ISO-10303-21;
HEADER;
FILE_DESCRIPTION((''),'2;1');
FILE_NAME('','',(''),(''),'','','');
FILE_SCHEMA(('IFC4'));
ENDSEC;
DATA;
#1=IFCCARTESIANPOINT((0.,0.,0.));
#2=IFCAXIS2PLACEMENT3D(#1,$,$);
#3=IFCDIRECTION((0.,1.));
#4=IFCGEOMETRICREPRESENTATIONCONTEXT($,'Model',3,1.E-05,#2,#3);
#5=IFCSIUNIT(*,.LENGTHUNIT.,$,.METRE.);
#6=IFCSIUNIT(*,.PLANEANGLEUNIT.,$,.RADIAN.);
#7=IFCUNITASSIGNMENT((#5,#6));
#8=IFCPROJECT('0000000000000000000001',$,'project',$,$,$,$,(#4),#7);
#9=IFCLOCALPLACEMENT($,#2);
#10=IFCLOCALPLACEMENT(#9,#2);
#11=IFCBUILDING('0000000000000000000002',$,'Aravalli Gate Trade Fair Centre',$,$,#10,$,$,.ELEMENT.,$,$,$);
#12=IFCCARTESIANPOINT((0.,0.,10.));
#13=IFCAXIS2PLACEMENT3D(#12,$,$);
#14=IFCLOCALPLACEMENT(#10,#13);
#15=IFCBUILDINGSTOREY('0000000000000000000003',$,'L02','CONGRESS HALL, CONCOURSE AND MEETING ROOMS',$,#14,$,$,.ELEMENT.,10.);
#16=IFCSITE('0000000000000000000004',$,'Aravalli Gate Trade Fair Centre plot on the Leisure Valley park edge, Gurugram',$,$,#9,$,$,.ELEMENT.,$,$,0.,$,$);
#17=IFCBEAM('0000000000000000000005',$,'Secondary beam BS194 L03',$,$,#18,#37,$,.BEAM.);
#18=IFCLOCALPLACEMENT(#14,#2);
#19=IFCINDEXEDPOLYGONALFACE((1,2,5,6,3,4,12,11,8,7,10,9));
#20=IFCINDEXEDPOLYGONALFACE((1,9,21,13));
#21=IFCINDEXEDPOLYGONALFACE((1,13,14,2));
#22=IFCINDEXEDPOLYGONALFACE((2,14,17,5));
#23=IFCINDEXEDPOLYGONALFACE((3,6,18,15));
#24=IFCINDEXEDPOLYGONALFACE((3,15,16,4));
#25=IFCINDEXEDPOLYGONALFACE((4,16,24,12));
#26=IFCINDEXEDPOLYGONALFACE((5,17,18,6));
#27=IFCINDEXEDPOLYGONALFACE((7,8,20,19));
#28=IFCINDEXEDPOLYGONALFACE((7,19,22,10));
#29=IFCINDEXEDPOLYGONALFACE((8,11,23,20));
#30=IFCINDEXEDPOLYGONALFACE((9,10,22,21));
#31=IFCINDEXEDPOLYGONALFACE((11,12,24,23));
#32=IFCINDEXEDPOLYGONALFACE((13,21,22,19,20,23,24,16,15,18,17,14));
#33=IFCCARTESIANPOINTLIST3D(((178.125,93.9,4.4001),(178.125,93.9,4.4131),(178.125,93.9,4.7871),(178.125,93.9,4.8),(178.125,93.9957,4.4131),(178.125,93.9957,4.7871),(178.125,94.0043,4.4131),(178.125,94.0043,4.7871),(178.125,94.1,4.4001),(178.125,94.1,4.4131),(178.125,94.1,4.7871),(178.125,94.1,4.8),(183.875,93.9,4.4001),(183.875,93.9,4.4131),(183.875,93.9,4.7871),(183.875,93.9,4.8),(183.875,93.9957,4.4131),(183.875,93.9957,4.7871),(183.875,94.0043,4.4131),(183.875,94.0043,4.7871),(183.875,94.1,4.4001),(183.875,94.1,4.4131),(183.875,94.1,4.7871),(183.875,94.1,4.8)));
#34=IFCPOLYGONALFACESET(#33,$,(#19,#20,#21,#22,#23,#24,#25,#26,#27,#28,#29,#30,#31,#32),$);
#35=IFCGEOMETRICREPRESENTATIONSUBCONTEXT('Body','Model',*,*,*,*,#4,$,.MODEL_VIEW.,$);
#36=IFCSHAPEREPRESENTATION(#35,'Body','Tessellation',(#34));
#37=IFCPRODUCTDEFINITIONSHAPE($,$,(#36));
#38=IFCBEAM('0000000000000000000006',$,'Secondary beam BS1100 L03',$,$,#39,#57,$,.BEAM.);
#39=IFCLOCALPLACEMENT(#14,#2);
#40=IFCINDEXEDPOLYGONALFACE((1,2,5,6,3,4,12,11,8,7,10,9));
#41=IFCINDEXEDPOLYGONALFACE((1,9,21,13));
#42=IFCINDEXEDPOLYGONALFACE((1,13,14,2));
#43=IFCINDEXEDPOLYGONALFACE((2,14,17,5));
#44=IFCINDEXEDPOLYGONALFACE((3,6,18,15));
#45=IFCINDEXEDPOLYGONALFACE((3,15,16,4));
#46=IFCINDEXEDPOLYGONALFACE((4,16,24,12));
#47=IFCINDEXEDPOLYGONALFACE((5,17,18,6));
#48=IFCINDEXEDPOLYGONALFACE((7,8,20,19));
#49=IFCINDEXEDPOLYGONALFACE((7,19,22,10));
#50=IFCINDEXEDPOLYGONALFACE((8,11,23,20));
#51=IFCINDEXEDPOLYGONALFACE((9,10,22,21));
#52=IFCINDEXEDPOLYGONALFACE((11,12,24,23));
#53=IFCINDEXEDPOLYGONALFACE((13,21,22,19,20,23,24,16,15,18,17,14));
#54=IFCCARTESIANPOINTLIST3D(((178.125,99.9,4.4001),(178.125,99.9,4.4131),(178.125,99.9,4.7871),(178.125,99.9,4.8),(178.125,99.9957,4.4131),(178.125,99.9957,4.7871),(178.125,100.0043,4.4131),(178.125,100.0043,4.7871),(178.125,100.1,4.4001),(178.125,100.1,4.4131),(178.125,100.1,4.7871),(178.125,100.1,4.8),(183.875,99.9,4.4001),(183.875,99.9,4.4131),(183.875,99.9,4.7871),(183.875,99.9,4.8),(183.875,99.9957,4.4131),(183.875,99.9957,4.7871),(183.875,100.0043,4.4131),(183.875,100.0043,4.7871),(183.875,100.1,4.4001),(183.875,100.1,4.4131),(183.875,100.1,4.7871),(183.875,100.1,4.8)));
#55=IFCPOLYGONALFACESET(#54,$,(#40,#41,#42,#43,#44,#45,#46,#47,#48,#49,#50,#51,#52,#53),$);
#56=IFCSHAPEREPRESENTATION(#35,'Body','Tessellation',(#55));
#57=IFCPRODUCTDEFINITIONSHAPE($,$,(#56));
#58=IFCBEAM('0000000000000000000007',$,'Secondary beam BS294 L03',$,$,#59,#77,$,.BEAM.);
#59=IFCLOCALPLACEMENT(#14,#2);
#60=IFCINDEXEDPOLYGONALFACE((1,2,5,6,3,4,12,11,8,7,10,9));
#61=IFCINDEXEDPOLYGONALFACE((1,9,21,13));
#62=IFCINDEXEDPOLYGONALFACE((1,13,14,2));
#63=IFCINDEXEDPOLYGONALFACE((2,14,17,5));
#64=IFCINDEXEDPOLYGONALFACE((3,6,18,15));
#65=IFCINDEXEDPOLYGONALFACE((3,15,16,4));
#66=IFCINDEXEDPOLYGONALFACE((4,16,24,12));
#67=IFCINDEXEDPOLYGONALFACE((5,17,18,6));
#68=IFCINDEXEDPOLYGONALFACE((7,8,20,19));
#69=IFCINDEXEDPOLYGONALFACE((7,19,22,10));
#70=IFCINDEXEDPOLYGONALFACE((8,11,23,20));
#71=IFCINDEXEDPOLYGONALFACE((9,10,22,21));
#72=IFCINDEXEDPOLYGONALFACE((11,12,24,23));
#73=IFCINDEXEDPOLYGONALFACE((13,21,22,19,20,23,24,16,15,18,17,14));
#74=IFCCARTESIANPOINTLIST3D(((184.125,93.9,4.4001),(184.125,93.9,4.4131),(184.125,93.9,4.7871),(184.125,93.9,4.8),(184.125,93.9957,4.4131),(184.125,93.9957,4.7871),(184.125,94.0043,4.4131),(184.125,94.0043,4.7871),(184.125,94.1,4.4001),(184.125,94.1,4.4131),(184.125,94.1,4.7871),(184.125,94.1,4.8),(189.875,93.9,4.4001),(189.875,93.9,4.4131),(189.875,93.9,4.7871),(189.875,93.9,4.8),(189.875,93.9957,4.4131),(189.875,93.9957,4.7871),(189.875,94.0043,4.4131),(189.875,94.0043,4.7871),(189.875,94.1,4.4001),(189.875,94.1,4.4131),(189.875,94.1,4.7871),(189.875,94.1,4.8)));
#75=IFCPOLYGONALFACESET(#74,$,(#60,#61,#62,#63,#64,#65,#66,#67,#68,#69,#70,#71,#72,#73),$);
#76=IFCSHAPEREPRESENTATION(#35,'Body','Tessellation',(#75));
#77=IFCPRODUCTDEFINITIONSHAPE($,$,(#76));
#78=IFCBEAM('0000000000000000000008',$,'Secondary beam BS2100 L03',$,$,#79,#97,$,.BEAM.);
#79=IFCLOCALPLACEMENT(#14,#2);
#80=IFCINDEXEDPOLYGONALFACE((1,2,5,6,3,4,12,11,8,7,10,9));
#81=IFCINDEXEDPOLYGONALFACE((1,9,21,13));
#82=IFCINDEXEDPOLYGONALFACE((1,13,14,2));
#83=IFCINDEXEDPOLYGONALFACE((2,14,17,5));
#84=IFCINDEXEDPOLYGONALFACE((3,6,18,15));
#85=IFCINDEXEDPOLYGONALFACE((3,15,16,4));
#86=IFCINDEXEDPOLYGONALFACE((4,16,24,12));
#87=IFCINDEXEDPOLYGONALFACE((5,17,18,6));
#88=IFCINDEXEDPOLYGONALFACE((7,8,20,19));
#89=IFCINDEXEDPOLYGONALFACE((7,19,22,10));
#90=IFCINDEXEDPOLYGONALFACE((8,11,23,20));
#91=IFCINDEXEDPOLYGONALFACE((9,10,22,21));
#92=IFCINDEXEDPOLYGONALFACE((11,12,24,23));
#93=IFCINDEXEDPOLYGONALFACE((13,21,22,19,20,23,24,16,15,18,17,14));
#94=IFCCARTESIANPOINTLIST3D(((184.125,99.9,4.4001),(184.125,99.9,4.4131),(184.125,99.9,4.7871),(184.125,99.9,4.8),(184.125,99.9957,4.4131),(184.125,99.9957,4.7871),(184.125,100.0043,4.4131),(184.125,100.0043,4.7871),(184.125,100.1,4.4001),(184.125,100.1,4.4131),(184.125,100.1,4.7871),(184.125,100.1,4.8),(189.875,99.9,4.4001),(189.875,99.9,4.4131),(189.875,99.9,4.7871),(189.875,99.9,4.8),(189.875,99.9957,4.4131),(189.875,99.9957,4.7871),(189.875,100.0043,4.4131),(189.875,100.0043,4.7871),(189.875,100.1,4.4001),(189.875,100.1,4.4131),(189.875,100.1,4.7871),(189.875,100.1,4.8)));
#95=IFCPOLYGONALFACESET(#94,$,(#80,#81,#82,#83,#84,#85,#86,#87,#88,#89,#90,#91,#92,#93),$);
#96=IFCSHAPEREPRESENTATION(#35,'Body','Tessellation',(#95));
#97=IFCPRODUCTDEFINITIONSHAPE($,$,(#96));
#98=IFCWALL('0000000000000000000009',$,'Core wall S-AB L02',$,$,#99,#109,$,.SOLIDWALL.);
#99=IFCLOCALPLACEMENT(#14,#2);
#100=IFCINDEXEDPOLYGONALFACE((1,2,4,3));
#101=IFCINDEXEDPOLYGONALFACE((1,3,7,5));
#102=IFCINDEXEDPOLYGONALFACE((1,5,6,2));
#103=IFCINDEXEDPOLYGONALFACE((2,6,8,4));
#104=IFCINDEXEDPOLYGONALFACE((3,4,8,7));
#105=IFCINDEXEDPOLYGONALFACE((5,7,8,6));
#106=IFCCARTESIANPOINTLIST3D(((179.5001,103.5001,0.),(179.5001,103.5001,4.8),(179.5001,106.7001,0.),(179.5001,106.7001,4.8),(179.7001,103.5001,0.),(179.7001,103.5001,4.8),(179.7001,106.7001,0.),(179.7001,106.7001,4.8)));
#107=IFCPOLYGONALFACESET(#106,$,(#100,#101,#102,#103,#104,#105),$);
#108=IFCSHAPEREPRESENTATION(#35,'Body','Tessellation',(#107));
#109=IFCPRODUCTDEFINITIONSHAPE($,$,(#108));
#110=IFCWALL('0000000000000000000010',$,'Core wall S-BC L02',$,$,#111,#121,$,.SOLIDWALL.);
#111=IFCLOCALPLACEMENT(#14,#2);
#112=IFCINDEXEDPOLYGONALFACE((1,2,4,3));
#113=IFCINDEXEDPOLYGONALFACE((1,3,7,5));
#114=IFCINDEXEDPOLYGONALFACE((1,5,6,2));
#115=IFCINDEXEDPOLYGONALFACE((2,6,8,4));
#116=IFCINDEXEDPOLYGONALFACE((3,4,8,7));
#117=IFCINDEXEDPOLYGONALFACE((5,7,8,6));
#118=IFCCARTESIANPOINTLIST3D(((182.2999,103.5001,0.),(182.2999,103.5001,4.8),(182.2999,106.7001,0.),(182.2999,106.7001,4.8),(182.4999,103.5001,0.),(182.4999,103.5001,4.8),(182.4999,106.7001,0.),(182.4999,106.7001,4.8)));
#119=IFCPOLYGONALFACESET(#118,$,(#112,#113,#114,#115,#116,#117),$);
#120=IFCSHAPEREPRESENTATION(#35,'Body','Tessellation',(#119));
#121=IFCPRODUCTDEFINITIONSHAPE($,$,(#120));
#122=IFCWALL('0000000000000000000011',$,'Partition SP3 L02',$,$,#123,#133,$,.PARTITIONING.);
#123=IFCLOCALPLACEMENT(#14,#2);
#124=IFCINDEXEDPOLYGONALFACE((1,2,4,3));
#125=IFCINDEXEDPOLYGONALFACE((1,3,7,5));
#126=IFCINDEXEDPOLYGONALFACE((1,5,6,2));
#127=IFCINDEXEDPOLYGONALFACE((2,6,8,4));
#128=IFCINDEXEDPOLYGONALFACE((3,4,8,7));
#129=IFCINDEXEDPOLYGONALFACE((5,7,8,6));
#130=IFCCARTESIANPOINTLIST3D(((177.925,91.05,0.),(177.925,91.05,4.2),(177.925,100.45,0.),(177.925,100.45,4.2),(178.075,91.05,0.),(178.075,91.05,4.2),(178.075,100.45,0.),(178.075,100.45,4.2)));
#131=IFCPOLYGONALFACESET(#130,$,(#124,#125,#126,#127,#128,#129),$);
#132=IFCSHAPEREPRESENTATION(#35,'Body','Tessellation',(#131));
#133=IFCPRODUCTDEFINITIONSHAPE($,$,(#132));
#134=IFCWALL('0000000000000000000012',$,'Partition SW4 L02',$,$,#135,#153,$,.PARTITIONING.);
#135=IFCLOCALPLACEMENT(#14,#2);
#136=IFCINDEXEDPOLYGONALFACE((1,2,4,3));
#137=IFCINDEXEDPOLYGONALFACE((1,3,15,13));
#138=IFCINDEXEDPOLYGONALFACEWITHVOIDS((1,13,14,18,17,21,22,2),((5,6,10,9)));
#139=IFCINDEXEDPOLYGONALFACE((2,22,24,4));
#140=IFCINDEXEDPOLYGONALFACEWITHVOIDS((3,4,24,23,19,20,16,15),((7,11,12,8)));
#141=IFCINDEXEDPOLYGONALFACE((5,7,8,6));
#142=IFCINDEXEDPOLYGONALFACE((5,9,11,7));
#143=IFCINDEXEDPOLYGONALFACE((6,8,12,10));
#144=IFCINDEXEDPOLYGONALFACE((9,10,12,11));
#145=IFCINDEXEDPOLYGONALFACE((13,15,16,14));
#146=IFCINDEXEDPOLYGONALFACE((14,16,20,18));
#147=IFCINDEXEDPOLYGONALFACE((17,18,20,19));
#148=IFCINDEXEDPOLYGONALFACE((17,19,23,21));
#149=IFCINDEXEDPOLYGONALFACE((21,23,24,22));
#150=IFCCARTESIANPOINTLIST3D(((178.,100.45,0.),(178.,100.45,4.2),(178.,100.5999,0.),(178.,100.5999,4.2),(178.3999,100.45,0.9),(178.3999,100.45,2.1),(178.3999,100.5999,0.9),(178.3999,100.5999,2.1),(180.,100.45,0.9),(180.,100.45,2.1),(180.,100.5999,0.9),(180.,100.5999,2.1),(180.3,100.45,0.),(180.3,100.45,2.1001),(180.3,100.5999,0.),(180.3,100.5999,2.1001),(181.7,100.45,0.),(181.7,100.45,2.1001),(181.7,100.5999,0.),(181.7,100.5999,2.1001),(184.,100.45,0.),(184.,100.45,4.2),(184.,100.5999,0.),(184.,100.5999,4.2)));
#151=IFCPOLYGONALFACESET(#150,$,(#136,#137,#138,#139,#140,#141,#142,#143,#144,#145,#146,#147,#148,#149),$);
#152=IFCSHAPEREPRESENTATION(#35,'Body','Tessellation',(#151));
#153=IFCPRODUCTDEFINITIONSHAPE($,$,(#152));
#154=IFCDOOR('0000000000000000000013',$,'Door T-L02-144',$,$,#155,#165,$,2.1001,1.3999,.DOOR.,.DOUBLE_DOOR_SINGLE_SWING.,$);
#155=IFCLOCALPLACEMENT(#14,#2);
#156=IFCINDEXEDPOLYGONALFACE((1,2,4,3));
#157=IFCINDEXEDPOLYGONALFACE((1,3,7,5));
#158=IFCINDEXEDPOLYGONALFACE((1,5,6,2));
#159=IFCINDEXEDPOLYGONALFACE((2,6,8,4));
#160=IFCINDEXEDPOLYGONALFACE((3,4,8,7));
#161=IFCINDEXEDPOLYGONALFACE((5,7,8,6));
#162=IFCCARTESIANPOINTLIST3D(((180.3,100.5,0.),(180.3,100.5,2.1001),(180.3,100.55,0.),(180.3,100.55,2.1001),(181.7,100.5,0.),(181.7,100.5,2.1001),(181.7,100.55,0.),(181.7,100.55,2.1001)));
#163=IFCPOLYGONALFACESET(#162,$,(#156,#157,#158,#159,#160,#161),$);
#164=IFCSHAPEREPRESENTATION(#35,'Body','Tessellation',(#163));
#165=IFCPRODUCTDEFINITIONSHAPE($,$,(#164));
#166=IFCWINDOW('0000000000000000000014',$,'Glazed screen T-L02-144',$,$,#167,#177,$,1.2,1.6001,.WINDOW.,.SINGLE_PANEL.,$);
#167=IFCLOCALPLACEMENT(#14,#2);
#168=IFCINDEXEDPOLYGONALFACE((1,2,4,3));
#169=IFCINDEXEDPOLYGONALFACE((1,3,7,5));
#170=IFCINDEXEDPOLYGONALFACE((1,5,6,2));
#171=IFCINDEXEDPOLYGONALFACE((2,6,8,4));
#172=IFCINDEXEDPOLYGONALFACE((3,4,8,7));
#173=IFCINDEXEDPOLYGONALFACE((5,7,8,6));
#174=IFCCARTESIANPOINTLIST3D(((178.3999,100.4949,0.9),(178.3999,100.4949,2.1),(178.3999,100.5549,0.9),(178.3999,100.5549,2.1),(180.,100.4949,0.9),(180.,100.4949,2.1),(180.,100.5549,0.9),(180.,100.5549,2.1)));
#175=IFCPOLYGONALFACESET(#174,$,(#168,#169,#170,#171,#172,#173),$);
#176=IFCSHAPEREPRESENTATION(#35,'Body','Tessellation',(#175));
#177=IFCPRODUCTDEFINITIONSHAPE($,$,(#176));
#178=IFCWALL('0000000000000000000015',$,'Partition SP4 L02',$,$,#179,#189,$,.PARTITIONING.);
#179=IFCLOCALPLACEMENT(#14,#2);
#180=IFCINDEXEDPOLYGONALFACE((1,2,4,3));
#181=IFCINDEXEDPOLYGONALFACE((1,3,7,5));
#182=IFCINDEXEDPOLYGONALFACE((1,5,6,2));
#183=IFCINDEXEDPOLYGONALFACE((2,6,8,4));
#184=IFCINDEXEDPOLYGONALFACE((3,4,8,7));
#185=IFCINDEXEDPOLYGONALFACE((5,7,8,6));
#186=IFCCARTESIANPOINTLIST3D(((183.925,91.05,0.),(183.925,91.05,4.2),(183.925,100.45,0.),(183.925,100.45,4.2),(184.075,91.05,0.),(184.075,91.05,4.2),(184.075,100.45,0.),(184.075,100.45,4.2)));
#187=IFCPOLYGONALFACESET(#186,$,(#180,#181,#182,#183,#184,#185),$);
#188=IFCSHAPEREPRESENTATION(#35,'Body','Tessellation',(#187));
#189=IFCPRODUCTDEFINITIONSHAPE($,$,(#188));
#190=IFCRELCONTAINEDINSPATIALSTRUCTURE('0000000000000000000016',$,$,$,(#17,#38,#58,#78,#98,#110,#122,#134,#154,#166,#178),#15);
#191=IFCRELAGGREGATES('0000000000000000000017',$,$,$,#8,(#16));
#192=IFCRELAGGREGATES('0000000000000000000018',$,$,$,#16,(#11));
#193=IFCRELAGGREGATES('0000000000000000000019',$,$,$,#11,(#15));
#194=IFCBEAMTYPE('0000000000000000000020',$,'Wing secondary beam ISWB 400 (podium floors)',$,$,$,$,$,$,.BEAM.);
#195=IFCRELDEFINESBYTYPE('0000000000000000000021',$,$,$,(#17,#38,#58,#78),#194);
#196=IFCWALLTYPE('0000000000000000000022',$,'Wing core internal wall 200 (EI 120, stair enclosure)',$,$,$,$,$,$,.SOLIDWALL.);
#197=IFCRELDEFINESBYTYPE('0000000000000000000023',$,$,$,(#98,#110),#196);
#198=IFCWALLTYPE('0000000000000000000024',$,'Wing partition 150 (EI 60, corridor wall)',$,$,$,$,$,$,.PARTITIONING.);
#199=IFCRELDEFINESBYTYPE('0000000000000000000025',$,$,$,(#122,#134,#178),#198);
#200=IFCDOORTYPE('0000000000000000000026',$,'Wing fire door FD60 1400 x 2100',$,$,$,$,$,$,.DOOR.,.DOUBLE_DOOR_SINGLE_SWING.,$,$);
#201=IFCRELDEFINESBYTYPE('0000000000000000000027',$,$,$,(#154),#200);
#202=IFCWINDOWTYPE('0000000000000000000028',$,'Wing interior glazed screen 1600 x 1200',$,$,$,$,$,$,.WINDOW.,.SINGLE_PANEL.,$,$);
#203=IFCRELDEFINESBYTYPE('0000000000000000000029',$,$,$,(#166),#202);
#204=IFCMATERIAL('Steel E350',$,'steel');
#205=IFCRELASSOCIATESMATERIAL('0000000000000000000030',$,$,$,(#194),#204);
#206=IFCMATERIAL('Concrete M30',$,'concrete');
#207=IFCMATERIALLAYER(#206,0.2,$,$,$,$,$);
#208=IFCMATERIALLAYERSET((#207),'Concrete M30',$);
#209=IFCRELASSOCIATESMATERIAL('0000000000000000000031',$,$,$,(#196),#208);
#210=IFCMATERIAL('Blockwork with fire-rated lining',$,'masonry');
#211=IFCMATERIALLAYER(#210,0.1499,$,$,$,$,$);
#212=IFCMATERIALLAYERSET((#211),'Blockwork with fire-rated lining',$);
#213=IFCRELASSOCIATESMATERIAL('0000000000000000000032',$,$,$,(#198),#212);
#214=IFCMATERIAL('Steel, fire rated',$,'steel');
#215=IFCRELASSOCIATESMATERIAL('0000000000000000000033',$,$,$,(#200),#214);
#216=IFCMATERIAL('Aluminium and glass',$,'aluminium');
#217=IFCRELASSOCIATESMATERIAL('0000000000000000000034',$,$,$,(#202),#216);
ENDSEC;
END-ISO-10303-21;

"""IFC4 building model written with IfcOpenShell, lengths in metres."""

from ifc_helpers import new_model, si_unit, direction, frame, frame_2d, origin, origin_2d, place, context, subcontext, project, spatial, rectangle, i_section, extrude, material, layer, layer_set, material_profile, profile_set, type_object, element, fill, save


model = new_model("IFC4")

# Units and contexts
model_context = context("Model", 3, precision=1e-05, world=origin(), true_north=direction((0.0, 1.0)))
body_context = subcontext(model_context, "Body", "Model", "MODEL_VIEW")
ifc_project = project(units=[si_unit("LENGTHUNIT", "METRE"), si_unit("PLANEANGLEUNIT", "RADIAN")], contexts=[model_context])

# Site, building, storey
site_placement = place(None, origin())
site = spatial("IfcSite", under=ifc_project, at=site_placement, Name="Aravalli Gate Trade Fair Centre plot on the Leisure Valley park edge, Gurugram", CompositionType="ELEMENT", RefElevation=0.0)
building_placement = place(site_placement, origin())
building = spatial("IfcBuilding", under=site, at=building_placement, Name="Aravalli Gate Trade Fair Centre", CompositionType="ELEMENT")
storey_placement = place(building_placement, frame((0.0, 0.0, 10.0)))
storey = spatial("IfcBuildingStorey", under=building, at=storey_placement, Name="L02", Description="CONGRESS HALL, CONCOURSE AND MEETING ROOMS", CompositionType="ELEMENT", Elevation=10.0)

# Shared definitions
ifc_material_1 = material(Name="Steel E350", Category="steel")

# Beams
ifc_material_profile_1 = material_profile(ifc_material_1, i_section(OverallWidth=0.2, OverallDepth=0.3999, WebThickness=0.0085, FlangeThickness=0.0129, at=origin_2d()), Name="ISWB 400")
ifc_profile_set_1 = profile_set([ifc_material_profile_1], Name="Steel E350")
beam_type_1 = type_object("IfcBeamType", Name="Wing secondary beam ISWB 400 (podium floors)", PredefinedType="BEAM", material=ifc_profile_set_1)
for number, where, z_axis, x_axis, name in (
    (1, (178.125, 94.0, 4.6001), (1.0, 0.0, 0.0), (0.0, 1.0, 0.0), "Secondary beam BS194 L03"),
    (2, (178.125, 100.0, 4.6001), (1.0, 0.0, 0.0), (0.0, 1.0, 0.0), "Secondary beam BS1100 L03"),
    (3, (184.125, 94.0, 4.6001), (1.0, 0.0, 0.0), (0.0, 1.0, 0.0), "Secondary beam BS294 L03"),
    (4, (184.125, 100.0, 4.6001), (1.0, 0.0, 0.0), (0.0, 1.0, 0.0), "Secondary beam BS2100 L03"),
):
    element("IfcBeam", number, at=place(storey_placement, frame(where, z_axis=z_axis, x_axis=x_axis)), inside=storey, type_object=beam_type_1, Name=name, PredefinedType="BEAM", context=body_context, shape_type="SweptSolid", body=[
        extrude(i_section(OverallWidth=0.2, OverallDepth=0.3999, WebThickness=0.0085, FlangeThickness=0.0129, at=origin_2d()), origin(), (0.0, 0.0, 1.0), 5.75),
    ])

# Walls
ifc_material_2 = material(Name="Concrete M30", Category="concrete")
ifc_layer_1 = layer(ifc_material_2, 0.2)
ifc_layer_set_1 = layer_set([ifc_layer_1], Name="Concrete M30")
wall_type_1 = type_object("IfcWallType", Name="Wing core internal wall 200 (EI 120, stair enclosure)", PredefinedType="SOLIDWALL", material=ifc_layer_set_1)
for number, where, z_axis, x_axis, name in (
    (5, (179.6001, 103.5, 0.0), (0.0, 0.0, 1.0), (0.0, 1.0, 0.0), "Core wall S-AB L02"),
    (6, (182.3999, 103.5, 0.0), (0.0, 0.0, 1.0), (0.0, 1.0, 0.0), "Core wall S-BC L02"),
):
    element("IfcWall", number, at=place(storey_placement, frame(where, z_axis=z_axis, x_axis=x_axis)), inside=storey, type_object=wall_type_1, Name=name, PredefinedType="SOLIDWALL", context=body_context, shape_type="SweptSolid", body=[
        extrude(rectangle(XDim=3.2, YDim=0.2, at=frame_2d((1.6001, 0.0))), origin(), (0.0, 0.0, 1.0), 4.8),
    ])
ifc_material_3 = material(Name="Blockwork with fire-rated lining", Category="masonry")
ifc_layer_2 = layer(ifc_material_3, 0.1499)
ifc_layer_set_2 = layer_set([ifc_layer_2], Name="Blockwork with fire-rated lining")
wall_type_2 = type_object("IfcWallType", Name="Wing partition 150 (EI 60, corridor wall)", PredefinedType="PARTITIONING", material=ifc_layer_set_2)
wall_1_placement = place(storey_placement, frame((178.0, 91.05, 0.0), z_axis=(0.0, 0.0, 1.0), x_axis=(0.0, 1.0, 0.0)))
element("IfcWall", 7, at=wall_1_placement, inside=storey, type_object=wall_type_2, Name="Partition SP3 L02", PredefinedType="PARTITIONING", context=body_context, shape_type="SweptSolid", body=[
    extrude(rectangle(XDim=9.3999, YDim=0.1499, at=frame_2d((4.7, 0.0))), origin(), (0.0, 0.0, 1.0), 4.2),
])

# Wall, openings, door, window
wall_2_placement = place(storey_placement, frame((178.0, 100.5249, 0.0), z_axis=(0.0, 0.0, 1.0), x_axis=(1.0, 0.0, 0.0)))
wall_2 = element("IfcWall", 8, at=wall_2_placement, inside=storey, type_object=wall_type_2, Name="Partition SW4 L02", PredefinedType="PARTITIONING", context=body_context, shape_type="SweptSolid", body=[
    extrude(rectangle(XDim=6.0, YDim=0.1499, at=frame_2d((3.0, 0.0))), origin(), (0.0, 0.0, 1.0), 4.2),
])
opening_1_placement = place(wall_2_placement, frame((0.3999, 0.0, 0.8999)))
opening_1 = element("IfcOpeningElement", 9, at=opening_1_placement, cuts=wall_2, PredefinedType="OPENING", context=body_context, shape_type="SweptSolid", body=[
    extrude(rectangle(XDim=1.6001, YDim=1.2, at=frame_2d((0.8, 0.6001))), frame((0.0, 0.085, 0.0), z_axis=(0.0, -1.0, 0.0), x_axis=(1.0, 0.0, 0.0)), (0.0, 0.0, 1.0), 0.1699),
])
opening_2_placement = place(wall_2_placement, frame((2.3, 0.0, 0.0)))
opening_2 = element("IfcOpeningElement", 10, at=opening_2_placement, cuts=wall_2, PredefinedType="OPENING", context=body_context, shape_type="SweptSolid", body=[
    extrude(rectangle(XDim=1.3999, YDim=2.1001, at=frame_2d((0.7, 1.05))), frame((0.0, 0.085, 0.0), z_axis=(0.0, -1.0, 0.0), x_axis=(1.0, 0.0, 0.0)), (0.0, 0.0, 1.0), 0.1699),
])
ifc_material_4 = material(Name="Steel, fire rated", Category="steel")
door_type_1 = type_object("IfcDoorType", Name="Wing fire door FD60 1400 x 2100", OperationType="DOUBLE_DOOR_SINGLE_SWING", PredefinedType="DOOR", material=ifc_material_4)
door_1_placement = place(opening_2_placement, frame((1.3999, 0.0, 0.0), z_axis=(0.0, 0.0, 1.0), x_axis=(-1.0, 0.0, 0.0)))
door_1 = element("IfcDoor", 11, at=door_1_placement, inside=storey, type_object=door_type_1, Name="Door T-L02-144", OperationType="DOUBLE_DOOR_SINGLE_SWING", OverallHeight=2.1001, OverallWidth=1.3999, PredefinedType="DOOR", context=body_context, shape_type="SweptSolid", body=[
    extrude(rectangle(XDim=1.3999, YDim=2.1001, at=frame_2d((0.7, 1.05))), frame((0.0, 0.0249, 0.0), z_axis=(0.0, -1.0, 0.0), x_axis=(1.0, 0.0, 0.0)), (0.0, 0.0, 1.0), 0.05),
])
fill(opening_2, door_1)
ifc_material_5 = material(Name="Aluminium and glass", Category="aluminium")
window_type_1 = type_object("IfcWindowType", Name="Wing interior glazed screen 1600 x 1200", PartitioningType="SINGLE_PANEL", PredefinedType="WINDOW", material=ifc_material_5)
window_1_placement = place(opening_1_placement, origin())
window_1 = element("IfcWindow", 12, at=window_1_placement, inside=storey, type_object=window_type_1, Name="Glazed screen T-L02-144", OverallHeight=1.2, OverallWidth=1.6001, PartitioningType="SINGLE_PANEL", PredefinedType="WINDOW", context=body_context, shape_type="SweptSolid", body=[
    extrude(rectangle(XDim=1.6001, YDim=1.2, at=frame_2d((0.8, 0.6001))), frame((0.0, 0.03, 0.0), z_axis=(0.0, -1.0, 0.0), x_axis=(1.0, 0.0, 0.0)), (0.0, 0.0, 1.0), 0.0601),
])
fill(opening_1, window_1)

# Wall
wall_3_placement = place(storey_placement, frame((184.0, 91.05, 0.0), z_axis=(0.0, 0.0, 1.0), x_axis=(0.0, 1.0, 0.0)))
element("IfcWall", 13, at=wall_3_placement, inside=storey, type_object=wall_type_2, Name="Partition SP4 L02", PredefinedType="PARTITIONING", context=body_context, shape_type="SweptSolid", body=[
    extrude(rectangle(XDim=9.3999, YDim=0.1499, at=frame_2d((4.7, 0.0))), origin(), (0.0, 0.0, 1.0), 4.2),
])

save(model, "model.ifc")
